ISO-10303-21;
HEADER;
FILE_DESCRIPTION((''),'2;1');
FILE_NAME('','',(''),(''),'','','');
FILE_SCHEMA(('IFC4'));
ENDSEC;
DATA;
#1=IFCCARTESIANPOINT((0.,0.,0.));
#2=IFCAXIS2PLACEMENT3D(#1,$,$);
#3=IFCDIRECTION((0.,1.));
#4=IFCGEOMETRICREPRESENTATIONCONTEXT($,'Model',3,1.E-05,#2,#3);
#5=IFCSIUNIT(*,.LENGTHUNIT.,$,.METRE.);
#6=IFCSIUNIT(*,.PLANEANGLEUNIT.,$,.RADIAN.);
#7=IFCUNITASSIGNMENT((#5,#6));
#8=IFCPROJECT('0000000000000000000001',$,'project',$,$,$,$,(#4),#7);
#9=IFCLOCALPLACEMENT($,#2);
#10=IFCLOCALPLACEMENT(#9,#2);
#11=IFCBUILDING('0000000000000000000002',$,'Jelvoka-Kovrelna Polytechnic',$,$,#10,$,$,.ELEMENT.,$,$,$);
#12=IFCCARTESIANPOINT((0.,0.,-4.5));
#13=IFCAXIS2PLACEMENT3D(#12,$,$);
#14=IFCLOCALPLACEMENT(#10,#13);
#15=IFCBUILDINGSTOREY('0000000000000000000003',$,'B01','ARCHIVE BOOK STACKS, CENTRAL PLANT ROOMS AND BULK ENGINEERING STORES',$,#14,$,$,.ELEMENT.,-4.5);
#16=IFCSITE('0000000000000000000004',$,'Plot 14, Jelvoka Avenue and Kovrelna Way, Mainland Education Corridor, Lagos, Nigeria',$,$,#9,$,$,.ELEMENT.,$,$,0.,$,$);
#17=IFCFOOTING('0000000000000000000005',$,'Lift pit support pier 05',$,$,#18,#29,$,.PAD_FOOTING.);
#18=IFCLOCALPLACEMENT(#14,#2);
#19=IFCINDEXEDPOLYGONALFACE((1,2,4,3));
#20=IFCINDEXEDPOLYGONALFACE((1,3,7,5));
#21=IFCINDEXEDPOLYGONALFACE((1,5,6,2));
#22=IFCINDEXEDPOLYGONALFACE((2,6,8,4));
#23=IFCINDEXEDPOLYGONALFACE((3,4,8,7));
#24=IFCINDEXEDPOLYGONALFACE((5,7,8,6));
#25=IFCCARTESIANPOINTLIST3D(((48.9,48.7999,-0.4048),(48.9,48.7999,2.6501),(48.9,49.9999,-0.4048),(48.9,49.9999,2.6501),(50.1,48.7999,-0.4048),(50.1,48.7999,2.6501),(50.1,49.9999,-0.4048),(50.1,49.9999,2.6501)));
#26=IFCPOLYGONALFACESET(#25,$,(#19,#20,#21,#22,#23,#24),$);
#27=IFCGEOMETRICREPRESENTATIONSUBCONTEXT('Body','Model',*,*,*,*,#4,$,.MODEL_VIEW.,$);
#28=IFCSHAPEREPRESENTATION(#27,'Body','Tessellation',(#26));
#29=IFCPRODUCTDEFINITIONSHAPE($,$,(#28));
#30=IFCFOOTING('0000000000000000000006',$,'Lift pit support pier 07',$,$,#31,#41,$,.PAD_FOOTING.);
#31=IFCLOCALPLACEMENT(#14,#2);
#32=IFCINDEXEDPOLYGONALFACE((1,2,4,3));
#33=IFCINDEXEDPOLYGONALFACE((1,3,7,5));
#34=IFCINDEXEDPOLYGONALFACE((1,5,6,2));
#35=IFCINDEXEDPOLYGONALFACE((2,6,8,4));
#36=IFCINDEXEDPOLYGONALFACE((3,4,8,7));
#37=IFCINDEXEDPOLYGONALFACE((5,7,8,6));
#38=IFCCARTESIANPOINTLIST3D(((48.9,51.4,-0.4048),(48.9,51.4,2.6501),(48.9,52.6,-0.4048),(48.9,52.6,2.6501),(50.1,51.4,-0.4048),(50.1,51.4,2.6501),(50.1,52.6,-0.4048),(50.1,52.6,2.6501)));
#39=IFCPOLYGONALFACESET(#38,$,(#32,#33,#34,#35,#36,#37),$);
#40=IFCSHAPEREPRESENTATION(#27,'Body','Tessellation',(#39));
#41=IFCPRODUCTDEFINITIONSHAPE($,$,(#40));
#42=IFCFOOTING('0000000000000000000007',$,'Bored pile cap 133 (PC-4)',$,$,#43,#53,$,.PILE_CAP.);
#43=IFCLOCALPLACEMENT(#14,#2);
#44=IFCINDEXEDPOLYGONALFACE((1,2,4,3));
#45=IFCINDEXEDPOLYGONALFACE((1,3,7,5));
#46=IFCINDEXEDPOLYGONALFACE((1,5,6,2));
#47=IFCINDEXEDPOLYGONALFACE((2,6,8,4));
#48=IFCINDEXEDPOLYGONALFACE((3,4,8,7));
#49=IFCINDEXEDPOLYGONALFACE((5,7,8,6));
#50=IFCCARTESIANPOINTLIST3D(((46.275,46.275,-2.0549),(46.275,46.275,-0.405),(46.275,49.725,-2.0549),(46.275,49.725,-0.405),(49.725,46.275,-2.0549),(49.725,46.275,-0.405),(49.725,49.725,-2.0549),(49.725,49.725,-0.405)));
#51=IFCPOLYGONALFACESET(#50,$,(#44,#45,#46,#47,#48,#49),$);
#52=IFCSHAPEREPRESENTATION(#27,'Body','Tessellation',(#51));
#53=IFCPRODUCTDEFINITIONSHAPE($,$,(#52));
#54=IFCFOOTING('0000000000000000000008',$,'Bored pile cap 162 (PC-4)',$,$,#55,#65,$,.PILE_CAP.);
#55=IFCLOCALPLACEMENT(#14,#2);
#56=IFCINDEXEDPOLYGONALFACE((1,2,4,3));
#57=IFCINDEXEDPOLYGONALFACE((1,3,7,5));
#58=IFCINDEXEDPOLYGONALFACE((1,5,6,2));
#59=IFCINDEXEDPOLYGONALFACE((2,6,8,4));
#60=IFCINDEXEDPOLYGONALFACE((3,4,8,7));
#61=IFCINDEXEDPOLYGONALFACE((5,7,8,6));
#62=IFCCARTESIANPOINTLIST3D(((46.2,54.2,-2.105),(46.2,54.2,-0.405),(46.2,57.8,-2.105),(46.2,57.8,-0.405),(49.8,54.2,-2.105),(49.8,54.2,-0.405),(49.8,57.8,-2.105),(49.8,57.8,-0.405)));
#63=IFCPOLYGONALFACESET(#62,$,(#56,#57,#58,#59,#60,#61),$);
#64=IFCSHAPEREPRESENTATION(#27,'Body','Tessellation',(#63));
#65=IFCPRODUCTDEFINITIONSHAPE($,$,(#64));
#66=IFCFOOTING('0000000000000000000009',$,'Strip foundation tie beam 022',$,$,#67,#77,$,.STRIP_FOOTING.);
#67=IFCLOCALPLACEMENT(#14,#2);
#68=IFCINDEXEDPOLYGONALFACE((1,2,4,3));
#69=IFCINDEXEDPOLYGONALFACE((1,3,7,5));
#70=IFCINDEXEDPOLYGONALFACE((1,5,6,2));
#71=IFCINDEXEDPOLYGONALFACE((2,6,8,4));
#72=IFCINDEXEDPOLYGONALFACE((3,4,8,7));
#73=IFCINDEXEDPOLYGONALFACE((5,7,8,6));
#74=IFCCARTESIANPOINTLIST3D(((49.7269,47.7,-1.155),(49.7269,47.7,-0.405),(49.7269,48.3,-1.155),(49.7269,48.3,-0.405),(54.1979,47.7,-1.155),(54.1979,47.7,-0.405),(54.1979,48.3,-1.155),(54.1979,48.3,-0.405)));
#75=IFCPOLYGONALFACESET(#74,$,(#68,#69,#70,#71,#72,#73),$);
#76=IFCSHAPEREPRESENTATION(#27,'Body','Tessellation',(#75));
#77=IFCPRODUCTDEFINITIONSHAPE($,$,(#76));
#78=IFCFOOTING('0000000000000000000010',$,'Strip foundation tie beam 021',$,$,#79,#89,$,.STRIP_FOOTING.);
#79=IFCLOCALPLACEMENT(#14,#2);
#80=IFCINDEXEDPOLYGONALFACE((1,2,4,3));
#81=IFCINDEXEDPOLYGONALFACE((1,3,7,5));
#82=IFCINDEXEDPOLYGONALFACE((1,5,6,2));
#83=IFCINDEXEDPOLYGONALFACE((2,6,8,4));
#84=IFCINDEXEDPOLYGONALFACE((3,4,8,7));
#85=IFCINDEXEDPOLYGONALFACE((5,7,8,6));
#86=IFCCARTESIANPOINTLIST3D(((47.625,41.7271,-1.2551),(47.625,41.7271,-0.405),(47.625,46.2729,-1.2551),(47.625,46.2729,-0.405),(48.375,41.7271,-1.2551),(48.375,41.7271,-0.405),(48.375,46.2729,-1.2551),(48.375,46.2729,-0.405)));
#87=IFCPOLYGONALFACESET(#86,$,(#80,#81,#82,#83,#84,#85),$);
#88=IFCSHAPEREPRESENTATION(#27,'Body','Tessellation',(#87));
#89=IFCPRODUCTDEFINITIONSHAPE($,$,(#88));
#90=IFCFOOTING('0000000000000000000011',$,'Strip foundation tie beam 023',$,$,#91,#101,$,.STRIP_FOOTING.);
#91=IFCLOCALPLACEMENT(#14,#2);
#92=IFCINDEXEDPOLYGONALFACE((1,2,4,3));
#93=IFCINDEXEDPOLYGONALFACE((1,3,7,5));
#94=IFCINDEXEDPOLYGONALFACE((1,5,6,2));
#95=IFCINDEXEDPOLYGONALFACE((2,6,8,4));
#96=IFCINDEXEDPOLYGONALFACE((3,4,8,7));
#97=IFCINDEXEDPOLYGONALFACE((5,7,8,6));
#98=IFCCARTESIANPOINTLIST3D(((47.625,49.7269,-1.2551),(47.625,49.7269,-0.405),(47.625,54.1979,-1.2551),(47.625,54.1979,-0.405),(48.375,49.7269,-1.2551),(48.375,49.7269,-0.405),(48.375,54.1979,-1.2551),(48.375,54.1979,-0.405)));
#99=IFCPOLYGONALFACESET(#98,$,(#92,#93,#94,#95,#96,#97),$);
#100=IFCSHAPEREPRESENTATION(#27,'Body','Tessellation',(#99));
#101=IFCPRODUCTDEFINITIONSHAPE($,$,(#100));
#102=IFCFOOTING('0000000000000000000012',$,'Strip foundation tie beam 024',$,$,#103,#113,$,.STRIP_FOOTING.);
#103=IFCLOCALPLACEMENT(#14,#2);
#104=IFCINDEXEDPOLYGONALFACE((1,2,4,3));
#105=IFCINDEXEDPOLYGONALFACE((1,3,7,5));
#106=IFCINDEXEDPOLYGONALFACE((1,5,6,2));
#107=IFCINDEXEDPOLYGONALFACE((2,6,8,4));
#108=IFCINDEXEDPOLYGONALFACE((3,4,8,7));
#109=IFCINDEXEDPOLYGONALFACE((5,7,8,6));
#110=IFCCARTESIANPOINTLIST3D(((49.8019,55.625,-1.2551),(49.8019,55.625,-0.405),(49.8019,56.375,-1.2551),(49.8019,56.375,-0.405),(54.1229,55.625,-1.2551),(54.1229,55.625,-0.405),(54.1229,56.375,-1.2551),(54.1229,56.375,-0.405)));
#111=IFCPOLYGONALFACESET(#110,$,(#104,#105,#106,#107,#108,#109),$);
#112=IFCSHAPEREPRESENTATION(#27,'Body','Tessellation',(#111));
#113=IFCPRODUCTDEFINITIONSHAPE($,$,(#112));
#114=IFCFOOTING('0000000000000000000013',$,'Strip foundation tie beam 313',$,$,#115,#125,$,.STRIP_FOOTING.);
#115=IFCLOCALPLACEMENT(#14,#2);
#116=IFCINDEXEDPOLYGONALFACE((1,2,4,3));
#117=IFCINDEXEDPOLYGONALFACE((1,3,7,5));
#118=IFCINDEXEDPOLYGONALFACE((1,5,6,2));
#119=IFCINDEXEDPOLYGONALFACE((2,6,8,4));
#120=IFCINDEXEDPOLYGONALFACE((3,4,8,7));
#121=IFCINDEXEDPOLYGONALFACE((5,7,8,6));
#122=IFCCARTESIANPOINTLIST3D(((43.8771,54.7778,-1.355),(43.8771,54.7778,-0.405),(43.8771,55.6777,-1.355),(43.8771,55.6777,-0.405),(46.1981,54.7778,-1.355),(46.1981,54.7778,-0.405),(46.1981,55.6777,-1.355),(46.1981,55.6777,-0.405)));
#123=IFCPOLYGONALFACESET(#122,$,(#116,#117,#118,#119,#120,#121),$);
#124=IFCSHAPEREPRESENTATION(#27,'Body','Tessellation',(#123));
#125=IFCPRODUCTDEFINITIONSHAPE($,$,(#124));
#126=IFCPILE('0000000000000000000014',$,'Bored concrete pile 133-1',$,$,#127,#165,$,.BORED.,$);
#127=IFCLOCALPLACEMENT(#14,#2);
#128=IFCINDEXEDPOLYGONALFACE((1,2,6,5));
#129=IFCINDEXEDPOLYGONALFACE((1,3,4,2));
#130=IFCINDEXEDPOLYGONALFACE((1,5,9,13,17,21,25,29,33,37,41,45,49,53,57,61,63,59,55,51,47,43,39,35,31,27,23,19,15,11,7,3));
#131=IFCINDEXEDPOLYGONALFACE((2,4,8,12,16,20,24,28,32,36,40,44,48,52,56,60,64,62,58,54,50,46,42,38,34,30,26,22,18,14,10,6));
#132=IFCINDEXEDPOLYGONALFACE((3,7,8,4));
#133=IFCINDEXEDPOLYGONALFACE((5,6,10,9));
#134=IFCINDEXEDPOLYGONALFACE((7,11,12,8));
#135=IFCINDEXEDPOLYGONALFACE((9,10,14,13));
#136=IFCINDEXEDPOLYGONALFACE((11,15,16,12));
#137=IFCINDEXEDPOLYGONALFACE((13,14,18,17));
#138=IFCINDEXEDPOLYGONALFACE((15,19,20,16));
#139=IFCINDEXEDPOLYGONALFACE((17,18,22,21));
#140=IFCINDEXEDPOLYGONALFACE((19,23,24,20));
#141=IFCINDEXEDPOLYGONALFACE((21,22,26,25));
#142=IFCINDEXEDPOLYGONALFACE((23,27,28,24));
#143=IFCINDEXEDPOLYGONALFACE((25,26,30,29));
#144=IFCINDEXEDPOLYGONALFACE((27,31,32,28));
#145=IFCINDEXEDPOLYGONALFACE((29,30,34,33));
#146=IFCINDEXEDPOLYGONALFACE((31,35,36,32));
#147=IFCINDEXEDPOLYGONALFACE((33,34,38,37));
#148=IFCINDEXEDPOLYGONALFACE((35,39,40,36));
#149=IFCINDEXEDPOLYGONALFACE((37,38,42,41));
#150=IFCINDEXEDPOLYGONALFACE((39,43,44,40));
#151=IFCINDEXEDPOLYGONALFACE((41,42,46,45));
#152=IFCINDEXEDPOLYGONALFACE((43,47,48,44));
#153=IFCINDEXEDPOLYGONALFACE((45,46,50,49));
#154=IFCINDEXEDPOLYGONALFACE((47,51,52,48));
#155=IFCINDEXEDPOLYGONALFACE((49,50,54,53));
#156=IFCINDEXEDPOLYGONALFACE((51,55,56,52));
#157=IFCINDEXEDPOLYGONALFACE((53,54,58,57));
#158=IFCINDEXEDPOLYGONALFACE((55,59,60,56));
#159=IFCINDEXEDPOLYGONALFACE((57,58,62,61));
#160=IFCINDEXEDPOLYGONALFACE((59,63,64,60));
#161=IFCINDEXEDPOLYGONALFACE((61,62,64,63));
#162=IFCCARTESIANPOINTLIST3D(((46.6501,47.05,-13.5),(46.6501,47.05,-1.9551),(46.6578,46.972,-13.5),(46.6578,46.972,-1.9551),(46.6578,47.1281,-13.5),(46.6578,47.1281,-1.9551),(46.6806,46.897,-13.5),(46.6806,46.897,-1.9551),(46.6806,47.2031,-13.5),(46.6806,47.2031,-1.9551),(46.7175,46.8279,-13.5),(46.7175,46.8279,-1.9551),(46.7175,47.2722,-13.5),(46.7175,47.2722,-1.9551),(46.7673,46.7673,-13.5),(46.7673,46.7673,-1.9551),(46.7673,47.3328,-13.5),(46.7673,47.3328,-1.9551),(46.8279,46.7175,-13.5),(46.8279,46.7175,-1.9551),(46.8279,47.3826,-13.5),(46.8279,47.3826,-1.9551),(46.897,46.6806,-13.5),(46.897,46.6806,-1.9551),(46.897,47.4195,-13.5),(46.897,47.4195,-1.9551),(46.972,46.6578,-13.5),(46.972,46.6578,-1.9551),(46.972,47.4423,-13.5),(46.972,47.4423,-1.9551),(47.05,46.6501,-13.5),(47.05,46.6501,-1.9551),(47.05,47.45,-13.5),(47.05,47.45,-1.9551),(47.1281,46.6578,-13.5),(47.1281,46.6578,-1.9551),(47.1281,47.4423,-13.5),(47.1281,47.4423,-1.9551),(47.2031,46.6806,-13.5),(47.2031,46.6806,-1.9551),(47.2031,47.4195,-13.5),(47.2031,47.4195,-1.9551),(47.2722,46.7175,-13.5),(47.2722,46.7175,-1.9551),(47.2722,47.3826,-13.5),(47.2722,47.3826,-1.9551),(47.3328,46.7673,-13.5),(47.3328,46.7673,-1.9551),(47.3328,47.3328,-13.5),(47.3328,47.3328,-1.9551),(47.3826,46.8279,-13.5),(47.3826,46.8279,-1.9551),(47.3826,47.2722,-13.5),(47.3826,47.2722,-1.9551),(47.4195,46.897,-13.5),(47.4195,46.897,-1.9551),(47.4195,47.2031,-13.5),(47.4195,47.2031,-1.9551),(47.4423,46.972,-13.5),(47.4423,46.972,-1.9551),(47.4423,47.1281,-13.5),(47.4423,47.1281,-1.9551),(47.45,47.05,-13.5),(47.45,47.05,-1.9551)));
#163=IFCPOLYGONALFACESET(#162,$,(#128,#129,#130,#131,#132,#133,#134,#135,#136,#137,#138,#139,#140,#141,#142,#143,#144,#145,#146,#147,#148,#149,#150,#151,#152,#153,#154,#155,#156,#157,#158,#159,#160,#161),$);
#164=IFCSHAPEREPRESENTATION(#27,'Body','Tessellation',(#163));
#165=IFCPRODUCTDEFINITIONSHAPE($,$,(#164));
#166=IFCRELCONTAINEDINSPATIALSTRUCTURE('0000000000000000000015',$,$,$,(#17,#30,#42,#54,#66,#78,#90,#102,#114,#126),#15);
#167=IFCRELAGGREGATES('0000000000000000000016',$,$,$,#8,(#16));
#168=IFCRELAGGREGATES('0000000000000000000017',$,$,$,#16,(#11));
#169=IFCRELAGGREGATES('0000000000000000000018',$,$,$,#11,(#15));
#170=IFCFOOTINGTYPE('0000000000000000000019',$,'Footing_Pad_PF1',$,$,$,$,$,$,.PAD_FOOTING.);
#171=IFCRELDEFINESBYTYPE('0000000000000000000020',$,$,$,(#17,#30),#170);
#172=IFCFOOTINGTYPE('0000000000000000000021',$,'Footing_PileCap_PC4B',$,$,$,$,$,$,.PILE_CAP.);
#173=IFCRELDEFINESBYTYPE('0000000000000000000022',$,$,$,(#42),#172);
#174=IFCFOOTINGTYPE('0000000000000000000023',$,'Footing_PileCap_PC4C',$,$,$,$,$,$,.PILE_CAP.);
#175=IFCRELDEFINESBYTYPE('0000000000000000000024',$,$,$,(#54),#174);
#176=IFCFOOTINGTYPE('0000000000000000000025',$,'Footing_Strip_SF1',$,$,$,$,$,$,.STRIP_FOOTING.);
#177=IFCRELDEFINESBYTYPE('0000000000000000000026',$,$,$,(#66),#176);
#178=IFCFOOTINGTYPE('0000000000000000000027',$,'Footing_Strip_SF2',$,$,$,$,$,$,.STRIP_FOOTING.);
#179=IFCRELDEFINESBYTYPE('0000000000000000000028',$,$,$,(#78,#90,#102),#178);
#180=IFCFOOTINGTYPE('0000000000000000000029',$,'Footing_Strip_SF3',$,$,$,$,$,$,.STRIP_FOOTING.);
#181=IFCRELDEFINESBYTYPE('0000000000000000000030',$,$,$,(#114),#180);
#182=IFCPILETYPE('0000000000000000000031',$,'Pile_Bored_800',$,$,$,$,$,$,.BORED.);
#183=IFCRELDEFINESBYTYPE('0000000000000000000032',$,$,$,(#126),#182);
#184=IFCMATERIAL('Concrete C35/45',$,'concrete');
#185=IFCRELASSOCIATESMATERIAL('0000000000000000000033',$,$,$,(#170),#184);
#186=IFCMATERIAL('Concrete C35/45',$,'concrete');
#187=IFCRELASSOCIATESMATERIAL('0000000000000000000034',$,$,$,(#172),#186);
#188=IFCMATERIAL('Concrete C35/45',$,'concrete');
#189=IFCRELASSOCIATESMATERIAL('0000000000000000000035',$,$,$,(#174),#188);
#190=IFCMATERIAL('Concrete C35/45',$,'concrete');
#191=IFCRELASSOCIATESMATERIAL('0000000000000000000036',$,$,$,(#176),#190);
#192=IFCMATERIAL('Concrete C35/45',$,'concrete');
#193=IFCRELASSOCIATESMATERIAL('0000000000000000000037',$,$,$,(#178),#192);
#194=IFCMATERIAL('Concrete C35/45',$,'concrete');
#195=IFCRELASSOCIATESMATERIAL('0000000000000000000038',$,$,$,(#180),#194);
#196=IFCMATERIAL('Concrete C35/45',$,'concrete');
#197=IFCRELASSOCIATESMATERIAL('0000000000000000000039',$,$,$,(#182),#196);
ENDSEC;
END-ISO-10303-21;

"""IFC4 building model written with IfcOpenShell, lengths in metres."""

from ifc_helpers import new_model, si_unit, direction, frame, origin, origin_2d, place, context, subcontext, project, spatial, rectangle, circle, extrude, material, material_profile, profile_set, type_object, element, save


model = new_model("IFC4")

# Units and contexts
model_context = context("Model", 3, precision=1e-05, world=origin(), true_north=direction((0.0, 1.0)))
body_context = subcontext(model_context, "Body", "Model", "MODEL_VIEW")
ifc_project = project(units=[si_unit("LENGTHUNIT", "METRE"), si_unit("PLANEANGLEUNIT", "RADIAN")], contexts=[model_context])

# Site, building, storey
site_placement = place(None, origin())
site = spatial("IfcSite", under=ifc_project, at=site_placement, Name="Plot 14, Jelvoka Avenue and Kovrelna Way, Mainland Education Corridor, Lagos, Nigeria", CompositionType="ELEMENT", RefElevation=0.0)
building_placement = place(site_placement, origin())
building = spatial("IfcBuilding", under=site, at=building_placement, Name="Jelvoka-Kovrelna Polytechnic", CompositionType="ELEMENT")
storey_placement = place(building_placement, frame((0.0, 0.0, -4.5)))
storey = spatial("IfcBuildingStorey", under=building, at=storey_placement, Name="B01", Description="ARCHIVE BOOK STACKS, CENTRAL PLANT ROOMS AND BULK ENGINEERING STORES", CompositionType="ELEMENT", Elevation=-4.5)

# Footings
ifc_material_1 = material(Name="Concrete C35/45", Category="concrete")
footing_type_1 = type_object("IfcFootingType", Name="Footing_Pad_PF1", PredefinedType="PAD_FOOTING", material=ifc_material_1)
for number, where, z_axis, x_axis, name in (
    (1, (49.5, 49.3999, -0.4048), (0.0, 0.0, 1.0), (1.0, 0.0, 0.0), "Lift pit support pier 05"),
    (2, (49.5, 52.0, -0.4048), (0.0, 0.0, 1.0), (1.0, 0.0, 0.0), "Lift pit support pier 07"),
):
    element("IfcFooting", number, at=place(storey_placement, frame(where, z_axis=z_axis, x_axis=x_axis)), inside=storey, type_object=footing_type_1, Name=name, PredefinedType="PAD_FOOTING", context=body_context, shape_type="SweptSolid", body=[
        extrude(rectangle(XDim=1.2, YDim=1.2, at=origin_2d()), origin(), (0.0, 0.0, 1.0), 3.0549),
    ])
ifc_material_2 = material(Name="Concrete C35/45", Category="concrete")
footing_type_2 = type_object("IfcFootingType", Name="Footing_PileCap_PC4B", PredefinedType="PILE_CAP", material=ifc_material_2)
footing_1_placement = place(storey_placement, frame((48.0, 48.0, -2.0549), z_axis=(0.0, 0.0, 1.0), x_axis=(1.0, 0.0, 0.0)))
element("IfcFooting", 3, at=footing_1_placement, inside=storey, type_object=footing_type_2, Name="Bored pile cap 133 (PC-4)", PredefinedType="PILE_CAP", context=body_context, shape_type="SweptSolid", body=[
    extrude(rectangle(XDim=3.45, YDim=3.45, at=origin_2d()), origin(), (0.0, 0.0, 1.0), 1.6499),
])
ifc_material_3 = material(Name="Concrete C35/45", Category="concrete")
footing_type_3 = type_object("IfcFootingType", Name="Footing_PileCap_PC4C", PredefinedType="PILE_CAP", material=ifc_material_3)
footing_2_placement = place(storey_placement, frame((48.0, 56.0, -2.105), z_axis=(0.0, 0.0, 1.0), x_axis=(1.0, 0.0, 0.0)))
element("IfcFooting", 4, at=footing_2_placement, inside=storey, type_object=footing_type_3, Name="Bored pile cap 162 (PC-4)", PredefinedType="PILE_CAP", context=body_context, shape_type="SweptSolid", body=[
    extrude(rectangle(XDim=3.6001, YDim=3.6001, at=origin_2d()), origin(), (0.0, 0.0, 1.0), 1.7),
])
ifc_material_4 = material(Name="Concrete C35/45", Category="concrete")
footing_type_4 = type_object("IfcFootingType", Name="Footing_Strip_SF1", PredefinedType="STRIP_FOOTING", material=ifc_material_4)
footing_3_placement = place(storey_placement, frame((51.9624, 48.0, -1.155), z_axis=(0.0, 0.0, 1.0), x_axis=(1.0, 0.0, 0.0)))
element("IfcFooting", 5, at=footing_3_placement, inside=storey, type_object=footing_type_4, Name="Strip foundation tie beam 022", PredefinedType="STRIP_FOOTING", context=body_context, shape_type="SweptSolid", body=[
    extrude(rectangle(XDim=4.4709, YDim=0.6001, at=origin_2d()), origin(), (0.0, 0.0, 1.0), 0.75),
])
ifc_material_5 = material(Name="Concrete C35/45", Category="concrete")
footing_type_5 = type_object("IfcFootingType", Name="Footing_Strip_SF2", PredefinedType="STRIP_FOOTING", material=ifc_material_5)
footing_4_placement = place(storey_placement, frame((48.0, 44.0, -1.2551), z_axis=(0.0, 0.0, 1.0), x_axis=(0.0, 1.0, 0.0)))
element("IfcFooting", 6, at=footing_4_placement, inside=storey, type_object=footing_type_5, Name="Strip foundation tie beam 021", PredefinedType="STRIP_FOOTING", context=body_context, shape_type="SweptSolid", body=[
    extrude(rectangle(XDim=4.5459, YDim=0.75, at=origin_2d()), origin(), (0.0, 0.0, 1.0), 0.8501),
])
footing_5_placement = place(storey_placement, frame((48.0, 51.9624, -1.2551), z_axis=(0.0, 0.0, 1.0), x_axis=(0.0, 1.0, 0.0)))
element("IfcFooting", 7, at=footing_5_placement, inside=storey, type_object=footing_type_5, Name="Strip foundation tie beam 023", PredefinedType="STRIP_FOOTING", context=body_context, shape_type="SweptSolid", body=[
    extrude(rectangle(XDim=4.4709, YDim=0.75, at=origin_2d()), origin(), (0.0, 0.0, 1.0), 0.8501),
])
footing_6_placement = place(storey_placement, frame((51.9624, 56.0, -1.2551), z_axis=(0.0, 0.0, 1.0), x_axis=(1.0, 0.0, 0.0)))
element("IfcFooting", 8, at=footing_6_placement, inside=storey, type_object=footing_type_5, Name="Strip foundation tie beam 024", PredefinedType="STRIP_FOOTING", context=body_context, shape_type="SweptSolid", body=[
    extrude(rectangle(XDim=4.321, YDim=0.75, at=origin_2d()), origin(), (0.0, 0.0, 1.0), 0.8501),
])
ifc_material_6 = material(Name="Concrete C35/45", Category="concrete")
footing_type_6 = type_object("IfcFootingType", Name="Footing_Strip_SF3", PredefinedType="STRIP_FOOTING", material=ifc_material_6)
footing_7_placement = place(storey_placement, frame((45.0376, 55.2278, -1.355), z_axis=(0.0, 0.0, 1.0), x_axis=(1.0, 0.0, 0.0)))
element("IfcFooting", 9, at=footing_7_placement, inside=storey, type_object=footing_type_6, Name="Strip foundation tie beam 313", PredefinedType="STRIP_FOOTING", context=body_context, shape_type="SweptSolid", body=[
    extrude(rectangle(XDim=2.321, YDim=0.8999, at=origin_2d()), origin(), (0.0, 0.0, 1.0), 0.95),
])

# Pile
ifc_material_7 = material(Name="Concrete C35/45", Category="concrete")
ifc_material_profile_1 = material_profile(ifc_material_7, circle(Radius=0.3999, at=origin_2d()), Name="PILE D800")
ifc_profile_set_1 = profile_set([ifc_material_profile_1], Name="Concrete C35/45")
pile_type = type_object("IfcPileType", Name="Pile_Bored_800", PredefinedType="BORED", material=ifc_profile_set_1)
for number, where, z_axis, x_axis, name in (
    (10, (47.05, 47.05, -1.9551), (0.0, 0.0, -1.0), (1.0, 0.0, 0.0), "Bored concrete pile 133-1"),
):
    element("IfcPile", number, at=place(storey_placement, frame(where, z_axis=z_axis, x_axis=x_axis)), inside=storey, type_object=pile_type, Name=name, PredefinedType="BORED", context=body_context, shape_type="SweptSolid", body=[
        extrude(circle(Radius=0.3999, at=origin_2d()), origin(), (0.0, 0.0, 1.0), 11.5449),
    ])

save(model, "model.ifc")
